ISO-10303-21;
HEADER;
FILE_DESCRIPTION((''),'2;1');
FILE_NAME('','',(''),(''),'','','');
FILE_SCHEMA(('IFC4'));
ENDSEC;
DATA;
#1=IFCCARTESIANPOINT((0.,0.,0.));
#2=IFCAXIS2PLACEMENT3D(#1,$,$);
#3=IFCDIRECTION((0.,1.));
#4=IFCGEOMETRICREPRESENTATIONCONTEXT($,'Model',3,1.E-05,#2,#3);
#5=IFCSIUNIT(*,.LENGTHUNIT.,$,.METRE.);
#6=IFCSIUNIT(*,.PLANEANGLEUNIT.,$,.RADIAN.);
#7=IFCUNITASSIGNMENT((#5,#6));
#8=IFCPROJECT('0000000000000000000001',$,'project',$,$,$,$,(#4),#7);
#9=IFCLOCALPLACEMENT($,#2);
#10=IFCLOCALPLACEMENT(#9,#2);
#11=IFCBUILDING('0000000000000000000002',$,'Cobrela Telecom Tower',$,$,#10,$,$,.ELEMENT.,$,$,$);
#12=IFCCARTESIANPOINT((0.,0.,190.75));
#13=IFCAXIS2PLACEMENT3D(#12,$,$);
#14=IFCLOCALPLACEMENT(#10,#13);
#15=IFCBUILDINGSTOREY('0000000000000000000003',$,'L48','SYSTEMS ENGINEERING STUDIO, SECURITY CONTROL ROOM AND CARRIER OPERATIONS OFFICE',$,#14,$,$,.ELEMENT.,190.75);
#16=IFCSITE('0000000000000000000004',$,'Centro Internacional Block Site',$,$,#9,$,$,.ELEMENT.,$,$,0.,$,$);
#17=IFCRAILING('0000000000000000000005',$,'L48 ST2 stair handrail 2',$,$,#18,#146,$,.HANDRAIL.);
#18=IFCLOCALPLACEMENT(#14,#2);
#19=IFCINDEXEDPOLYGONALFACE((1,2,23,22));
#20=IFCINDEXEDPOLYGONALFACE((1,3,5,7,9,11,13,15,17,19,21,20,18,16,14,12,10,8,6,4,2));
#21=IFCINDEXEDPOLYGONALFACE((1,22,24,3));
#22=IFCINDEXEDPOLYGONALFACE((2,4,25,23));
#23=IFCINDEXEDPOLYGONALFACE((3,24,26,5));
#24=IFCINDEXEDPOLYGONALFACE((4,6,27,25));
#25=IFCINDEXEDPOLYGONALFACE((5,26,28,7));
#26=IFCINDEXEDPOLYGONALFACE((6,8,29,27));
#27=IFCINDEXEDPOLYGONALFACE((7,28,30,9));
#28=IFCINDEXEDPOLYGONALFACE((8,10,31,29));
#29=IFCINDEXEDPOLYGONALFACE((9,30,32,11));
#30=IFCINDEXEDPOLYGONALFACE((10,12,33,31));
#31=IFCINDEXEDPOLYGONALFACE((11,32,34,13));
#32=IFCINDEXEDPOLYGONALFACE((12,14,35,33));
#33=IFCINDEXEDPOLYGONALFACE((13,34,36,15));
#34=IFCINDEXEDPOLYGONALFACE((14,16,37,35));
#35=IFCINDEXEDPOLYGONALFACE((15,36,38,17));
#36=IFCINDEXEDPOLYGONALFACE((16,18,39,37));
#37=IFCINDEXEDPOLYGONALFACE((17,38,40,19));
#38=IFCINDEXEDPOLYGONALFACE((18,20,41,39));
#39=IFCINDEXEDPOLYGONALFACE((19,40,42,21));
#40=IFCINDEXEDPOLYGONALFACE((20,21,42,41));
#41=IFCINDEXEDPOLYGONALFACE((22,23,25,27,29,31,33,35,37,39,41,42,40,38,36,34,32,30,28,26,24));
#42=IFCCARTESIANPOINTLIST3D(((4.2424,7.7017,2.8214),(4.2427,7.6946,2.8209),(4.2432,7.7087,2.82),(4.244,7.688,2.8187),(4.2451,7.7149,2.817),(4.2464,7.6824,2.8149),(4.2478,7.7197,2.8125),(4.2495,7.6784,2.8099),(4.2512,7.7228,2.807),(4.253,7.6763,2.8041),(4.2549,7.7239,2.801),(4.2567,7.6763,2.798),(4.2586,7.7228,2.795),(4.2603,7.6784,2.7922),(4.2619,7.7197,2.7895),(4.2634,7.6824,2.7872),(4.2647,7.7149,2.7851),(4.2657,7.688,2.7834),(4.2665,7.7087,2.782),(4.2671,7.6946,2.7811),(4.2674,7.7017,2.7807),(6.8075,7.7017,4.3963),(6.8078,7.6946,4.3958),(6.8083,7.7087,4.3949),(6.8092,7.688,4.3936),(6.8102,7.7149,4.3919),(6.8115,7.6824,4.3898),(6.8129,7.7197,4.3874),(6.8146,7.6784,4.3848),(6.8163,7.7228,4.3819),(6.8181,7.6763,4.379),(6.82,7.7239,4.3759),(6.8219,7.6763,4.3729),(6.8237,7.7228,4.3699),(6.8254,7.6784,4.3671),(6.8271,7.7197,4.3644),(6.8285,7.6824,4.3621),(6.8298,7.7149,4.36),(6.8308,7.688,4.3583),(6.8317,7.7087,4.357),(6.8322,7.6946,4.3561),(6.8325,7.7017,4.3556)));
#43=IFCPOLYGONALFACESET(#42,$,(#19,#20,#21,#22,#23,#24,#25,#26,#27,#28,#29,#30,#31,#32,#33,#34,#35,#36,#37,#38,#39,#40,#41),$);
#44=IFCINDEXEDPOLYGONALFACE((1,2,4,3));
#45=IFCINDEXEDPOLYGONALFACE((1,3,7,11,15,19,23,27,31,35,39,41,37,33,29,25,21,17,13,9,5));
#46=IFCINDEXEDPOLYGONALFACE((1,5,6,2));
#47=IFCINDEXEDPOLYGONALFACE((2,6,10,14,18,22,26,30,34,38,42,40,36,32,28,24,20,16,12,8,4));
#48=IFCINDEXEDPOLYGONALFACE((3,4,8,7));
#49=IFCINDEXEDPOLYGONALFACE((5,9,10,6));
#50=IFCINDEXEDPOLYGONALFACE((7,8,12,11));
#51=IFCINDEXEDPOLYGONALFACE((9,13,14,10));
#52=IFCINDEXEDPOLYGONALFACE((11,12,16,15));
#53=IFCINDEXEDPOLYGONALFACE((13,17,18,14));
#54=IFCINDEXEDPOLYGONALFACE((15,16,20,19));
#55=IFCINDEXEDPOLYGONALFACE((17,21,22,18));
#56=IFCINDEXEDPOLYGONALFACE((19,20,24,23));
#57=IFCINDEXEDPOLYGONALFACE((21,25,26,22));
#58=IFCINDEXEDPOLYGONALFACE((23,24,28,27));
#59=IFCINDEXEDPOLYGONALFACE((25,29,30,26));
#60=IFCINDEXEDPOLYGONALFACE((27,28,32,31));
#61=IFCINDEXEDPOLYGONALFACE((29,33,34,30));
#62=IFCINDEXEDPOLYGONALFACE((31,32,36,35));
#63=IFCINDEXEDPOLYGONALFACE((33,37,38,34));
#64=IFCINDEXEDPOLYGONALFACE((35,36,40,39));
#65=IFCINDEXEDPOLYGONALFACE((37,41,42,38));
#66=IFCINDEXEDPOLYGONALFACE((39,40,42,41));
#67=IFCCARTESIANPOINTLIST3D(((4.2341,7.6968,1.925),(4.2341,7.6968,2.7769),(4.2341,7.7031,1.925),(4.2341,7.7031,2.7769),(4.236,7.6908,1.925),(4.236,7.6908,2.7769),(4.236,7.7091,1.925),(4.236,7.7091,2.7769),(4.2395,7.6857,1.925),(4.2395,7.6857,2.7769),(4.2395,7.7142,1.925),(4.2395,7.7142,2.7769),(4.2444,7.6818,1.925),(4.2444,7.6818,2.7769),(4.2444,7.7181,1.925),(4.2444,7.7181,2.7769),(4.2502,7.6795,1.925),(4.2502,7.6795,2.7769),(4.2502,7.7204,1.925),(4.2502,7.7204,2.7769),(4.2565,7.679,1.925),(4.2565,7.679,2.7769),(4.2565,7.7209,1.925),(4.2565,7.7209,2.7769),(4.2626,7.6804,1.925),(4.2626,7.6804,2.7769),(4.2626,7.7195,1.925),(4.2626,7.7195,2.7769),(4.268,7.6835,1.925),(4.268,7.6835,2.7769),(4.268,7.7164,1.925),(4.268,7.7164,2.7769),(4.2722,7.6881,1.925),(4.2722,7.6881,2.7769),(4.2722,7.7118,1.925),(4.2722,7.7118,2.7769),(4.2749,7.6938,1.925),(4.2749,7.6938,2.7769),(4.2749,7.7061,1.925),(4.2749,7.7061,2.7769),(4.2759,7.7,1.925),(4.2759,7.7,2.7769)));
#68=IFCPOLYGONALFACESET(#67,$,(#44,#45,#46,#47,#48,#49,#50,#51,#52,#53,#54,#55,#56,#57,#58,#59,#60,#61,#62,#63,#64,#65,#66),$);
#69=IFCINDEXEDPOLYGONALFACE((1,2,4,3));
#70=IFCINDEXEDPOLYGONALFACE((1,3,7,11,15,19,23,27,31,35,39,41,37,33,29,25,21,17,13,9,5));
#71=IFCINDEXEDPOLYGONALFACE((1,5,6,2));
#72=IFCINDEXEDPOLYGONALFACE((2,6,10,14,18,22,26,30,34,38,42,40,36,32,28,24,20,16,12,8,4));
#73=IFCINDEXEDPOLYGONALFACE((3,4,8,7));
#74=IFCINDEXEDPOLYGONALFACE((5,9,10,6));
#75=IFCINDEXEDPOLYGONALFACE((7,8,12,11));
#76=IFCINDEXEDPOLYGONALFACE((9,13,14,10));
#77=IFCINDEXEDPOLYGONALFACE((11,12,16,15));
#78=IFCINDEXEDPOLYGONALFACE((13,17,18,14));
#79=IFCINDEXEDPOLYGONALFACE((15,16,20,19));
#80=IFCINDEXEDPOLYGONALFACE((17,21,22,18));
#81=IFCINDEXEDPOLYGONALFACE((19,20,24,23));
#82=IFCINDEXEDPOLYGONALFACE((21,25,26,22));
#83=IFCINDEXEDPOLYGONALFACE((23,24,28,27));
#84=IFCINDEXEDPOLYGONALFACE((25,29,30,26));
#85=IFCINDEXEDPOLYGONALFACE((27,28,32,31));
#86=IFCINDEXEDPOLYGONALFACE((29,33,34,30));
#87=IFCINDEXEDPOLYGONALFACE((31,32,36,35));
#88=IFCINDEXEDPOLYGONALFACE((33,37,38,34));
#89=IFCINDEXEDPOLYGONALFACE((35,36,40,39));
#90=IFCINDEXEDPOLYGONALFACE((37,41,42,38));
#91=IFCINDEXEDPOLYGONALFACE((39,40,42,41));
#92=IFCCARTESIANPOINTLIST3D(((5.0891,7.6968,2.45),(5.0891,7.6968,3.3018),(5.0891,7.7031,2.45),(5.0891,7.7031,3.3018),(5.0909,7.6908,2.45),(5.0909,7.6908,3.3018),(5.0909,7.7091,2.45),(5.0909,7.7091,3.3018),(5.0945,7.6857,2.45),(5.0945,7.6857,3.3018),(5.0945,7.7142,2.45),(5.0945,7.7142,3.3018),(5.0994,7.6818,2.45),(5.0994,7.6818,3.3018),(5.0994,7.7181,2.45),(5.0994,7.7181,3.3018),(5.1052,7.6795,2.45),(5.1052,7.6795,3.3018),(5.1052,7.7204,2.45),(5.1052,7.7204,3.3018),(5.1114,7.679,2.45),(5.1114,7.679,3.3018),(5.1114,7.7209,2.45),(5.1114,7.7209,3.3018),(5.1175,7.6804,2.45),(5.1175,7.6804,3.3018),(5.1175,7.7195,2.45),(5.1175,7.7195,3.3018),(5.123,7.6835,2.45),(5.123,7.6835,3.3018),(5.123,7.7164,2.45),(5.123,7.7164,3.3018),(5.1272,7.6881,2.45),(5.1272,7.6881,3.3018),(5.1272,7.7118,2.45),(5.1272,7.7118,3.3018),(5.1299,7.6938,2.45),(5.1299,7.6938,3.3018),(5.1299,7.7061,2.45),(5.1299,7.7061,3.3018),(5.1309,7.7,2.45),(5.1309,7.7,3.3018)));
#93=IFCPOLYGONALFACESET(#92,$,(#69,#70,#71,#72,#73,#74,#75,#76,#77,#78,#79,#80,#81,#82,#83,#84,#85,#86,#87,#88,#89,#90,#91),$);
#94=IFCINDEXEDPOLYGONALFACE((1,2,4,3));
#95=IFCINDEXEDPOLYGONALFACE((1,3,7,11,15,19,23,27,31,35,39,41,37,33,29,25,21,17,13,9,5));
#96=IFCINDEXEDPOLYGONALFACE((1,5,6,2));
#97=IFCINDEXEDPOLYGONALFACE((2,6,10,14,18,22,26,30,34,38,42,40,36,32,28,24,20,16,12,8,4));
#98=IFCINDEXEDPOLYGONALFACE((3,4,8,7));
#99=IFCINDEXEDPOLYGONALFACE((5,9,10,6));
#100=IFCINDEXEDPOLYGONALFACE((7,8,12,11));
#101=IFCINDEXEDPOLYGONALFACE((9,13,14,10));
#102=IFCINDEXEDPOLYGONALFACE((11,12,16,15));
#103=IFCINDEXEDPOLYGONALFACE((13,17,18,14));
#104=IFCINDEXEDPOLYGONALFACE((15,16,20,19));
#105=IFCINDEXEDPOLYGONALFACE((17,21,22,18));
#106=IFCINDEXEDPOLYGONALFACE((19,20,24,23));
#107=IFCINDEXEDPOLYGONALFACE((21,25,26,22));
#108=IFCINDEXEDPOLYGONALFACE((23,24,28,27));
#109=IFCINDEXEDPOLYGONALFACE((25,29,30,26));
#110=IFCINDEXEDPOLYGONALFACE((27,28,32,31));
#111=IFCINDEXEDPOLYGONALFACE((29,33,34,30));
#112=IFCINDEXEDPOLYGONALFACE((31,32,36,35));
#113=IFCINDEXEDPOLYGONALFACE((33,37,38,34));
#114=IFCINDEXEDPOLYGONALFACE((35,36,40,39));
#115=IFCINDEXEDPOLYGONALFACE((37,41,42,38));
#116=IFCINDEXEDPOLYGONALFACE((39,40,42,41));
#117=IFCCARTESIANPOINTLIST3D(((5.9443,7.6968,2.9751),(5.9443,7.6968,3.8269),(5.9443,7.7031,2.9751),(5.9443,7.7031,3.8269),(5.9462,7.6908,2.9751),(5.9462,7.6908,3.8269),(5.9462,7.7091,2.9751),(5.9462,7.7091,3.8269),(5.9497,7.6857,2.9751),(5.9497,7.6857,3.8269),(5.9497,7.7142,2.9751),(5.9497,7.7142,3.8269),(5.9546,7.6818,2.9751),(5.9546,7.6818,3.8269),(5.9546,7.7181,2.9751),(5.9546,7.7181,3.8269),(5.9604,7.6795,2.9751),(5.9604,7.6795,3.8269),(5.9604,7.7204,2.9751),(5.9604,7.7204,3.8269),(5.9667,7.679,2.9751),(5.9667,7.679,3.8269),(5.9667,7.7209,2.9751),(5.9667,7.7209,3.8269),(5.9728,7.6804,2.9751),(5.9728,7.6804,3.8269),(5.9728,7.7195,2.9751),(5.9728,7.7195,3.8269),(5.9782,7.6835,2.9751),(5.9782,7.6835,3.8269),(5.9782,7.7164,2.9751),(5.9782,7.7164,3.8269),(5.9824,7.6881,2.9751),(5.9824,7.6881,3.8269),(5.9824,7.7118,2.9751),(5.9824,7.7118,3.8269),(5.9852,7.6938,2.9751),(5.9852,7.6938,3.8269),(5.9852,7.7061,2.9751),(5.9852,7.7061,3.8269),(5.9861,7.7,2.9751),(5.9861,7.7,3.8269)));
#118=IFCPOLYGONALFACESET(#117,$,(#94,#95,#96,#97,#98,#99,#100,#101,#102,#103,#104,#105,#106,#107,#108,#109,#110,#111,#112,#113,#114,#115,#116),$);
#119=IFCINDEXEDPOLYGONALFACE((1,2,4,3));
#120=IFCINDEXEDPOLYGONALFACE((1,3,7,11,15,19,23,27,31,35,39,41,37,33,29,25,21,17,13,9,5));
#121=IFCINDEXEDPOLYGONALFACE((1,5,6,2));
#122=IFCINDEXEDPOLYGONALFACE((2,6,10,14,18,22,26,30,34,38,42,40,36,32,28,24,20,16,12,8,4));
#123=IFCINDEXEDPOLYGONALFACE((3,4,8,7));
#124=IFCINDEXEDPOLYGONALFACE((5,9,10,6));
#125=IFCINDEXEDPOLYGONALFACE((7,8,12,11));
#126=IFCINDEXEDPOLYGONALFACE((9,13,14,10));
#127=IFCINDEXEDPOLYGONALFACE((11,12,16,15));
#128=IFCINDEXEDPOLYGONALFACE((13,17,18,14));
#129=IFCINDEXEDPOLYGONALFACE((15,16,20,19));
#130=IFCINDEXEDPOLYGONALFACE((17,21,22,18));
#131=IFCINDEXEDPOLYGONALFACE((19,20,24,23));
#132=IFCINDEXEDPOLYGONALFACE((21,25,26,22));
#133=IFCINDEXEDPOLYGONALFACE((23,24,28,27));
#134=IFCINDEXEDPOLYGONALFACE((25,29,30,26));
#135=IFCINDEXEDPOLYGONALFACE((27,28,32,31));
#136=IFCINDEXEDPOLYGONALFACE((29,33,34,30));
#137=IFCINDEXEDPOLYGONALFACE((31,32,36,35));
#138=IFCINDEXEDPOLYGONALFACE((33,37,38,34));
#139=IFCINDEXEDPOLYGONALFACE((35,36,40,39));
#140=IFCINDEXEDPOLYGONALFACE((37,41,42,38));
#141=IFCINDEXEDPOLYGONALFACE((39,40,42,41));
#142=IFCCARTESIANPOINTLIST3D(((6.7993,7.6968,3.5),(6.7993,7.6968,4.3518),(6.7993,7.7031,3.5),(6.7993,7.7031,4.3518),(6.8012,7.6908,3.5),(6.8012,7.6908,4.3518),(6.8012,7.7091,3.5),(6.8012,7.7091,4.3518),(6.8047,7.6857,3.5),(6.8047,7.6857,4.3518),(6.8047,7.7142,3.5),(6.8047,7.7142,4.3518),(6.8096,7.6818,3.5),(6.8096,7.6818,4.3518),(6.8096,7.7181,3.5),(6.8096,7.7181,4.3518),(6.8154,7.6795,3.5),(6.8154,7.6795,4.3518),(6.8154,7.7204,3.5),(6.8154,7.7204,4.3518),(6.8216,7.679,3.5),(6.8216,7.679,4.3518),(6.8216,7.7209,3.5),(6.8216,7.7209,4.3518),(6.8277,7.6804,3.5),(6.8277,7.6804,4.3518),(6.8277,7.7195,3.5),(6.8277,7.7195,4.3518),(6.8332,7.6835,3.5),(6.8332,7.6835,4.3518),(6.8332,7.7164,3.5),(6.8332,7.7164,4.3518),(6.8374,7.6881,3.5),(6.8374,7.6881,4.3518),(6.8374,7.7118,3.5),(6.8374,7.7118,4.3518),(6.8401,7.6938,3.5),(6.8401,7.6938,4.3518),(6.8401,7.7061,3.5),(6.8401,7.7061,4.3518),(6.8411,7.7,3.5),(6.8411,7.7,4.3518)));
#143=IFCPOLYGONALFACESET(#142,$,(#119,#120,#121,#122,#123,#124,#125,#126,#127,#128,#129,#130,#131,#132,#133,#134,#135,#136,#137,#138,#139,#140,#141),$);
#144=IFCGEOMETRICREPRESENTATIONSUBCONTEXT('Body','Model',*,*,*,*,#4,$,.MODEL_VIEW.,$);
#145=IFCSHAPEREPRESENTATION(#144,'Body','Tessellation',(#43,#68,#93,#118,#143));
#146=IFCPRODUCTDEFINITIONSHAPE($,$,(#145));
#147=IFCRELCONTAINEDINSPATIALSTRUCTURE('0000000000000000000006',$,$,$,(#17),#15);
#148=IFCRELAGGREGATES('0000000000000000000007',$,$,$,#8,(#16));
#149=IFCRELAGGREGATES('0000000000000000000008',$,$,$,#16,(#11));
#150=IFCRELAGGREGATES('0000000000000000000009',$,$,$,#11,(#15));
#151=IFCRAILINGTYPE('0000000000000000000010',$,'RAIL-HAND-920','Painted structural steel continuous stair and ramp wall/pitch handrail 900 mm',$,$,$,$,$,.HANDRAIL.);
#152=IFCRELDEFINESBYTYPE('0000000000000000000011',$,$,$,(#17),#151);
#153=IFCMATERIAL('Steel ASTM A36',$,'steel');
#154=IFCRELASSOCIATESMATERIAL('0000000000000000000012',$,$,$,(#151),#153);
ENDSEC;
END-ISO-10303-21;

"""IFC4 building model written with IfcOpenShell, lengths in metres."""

from ifc_helpers import new_model, si_unit, direction, frame, origin, origin_2d, place, context, subcontext, project, spatial, circle, extrude, material, type_object, element, save


model = new_model("IFC4")

# Units and contexts
model_context = context("Model", 3, precision=1e-05, world=origin(), true_north=direction((0.0, 1.0)))
body_context = subcontext(model_context, "Body", "Model", "MODEL_VIEW")
ifc_project = project(units=[si_unit("LENGTHUNIT", "METRE"), si_unit("PLANEANGLEUNIT", "RADIAN")], contexts=[model_context])

# Site, building, storey
site_placement = place(None, origin())
site = spatial("IfcSite", under=ifc_project, at=site_placement, Name="Centro Internacional Block Site", CompositionType="ELEMENT", RefElevation=0.0)
building_placement = place(site_placement, origin())
building = spatial("IfcBuilding", under=site, at=building_placement, Name="Cobrela Telecom Tower", CompositionType="ELEMENT")
storey_placement = place(building_placement, frame((0.0, 0.0, 190.75)))
storey = spatial("IfcBuildingStorey", under=building, at=storey_placement, Name="L48", Description="SYSTEMS ENGINEERING STUDIO, SECURITY CONTROL ROOM AND CARRIER OPERATIONS OFFICE", CompositionType="ELEMENT", Elevation=190.75)

# Railing
ifc_material_1 = material(Name="Steel ASTM A36", Category="steel")
railing_type = type_object("IfcRailingType", Name="RAIL-HAND-920", Description="Painted structural steel continuous stair and ramp wall/pitch handrail 900 mm", PredefinedType="HANDRAIL", material=ifc_material_1)
railing_placement = place(storey_placement, frame((4.2549, 7.7, 1.925)))
element("IfcRailing", 1, at=railing_placement, inside=storey, type_object=railing_type, Name="L48 ST2 stair handrail 2", PredefinedType="HANDRAIL", context=body_context, shape_type="SweptSolid", body=[
    extrude(circle(Radius=0.0239, at=origin_2d()), frame((0.0, 0.0, 0.876), z_axis=(0.852195, 0.0, 0.523224), x_axis=(0.0, 1.0, 0.0)), (0.0, 0.0, 1.0), 3.01),
    extrude(circle(Radius=0.021, at=origin_2d()), origin(), (0.0, 0.0, 1.0), 0.8518),
    extrude(circle(Radius=0.021, at=origin_2d()), frame((0.855, 0.0, 0.5249)), (0.0, 0.0, 1.0), 0.8518),
    extrude(circle(Radius=0.021, at=origin_2d()), frame((1.7102, 0.0, 1.05)), (0.0, 0.0, 1.0), 0.8518),
    extrude(circle(Radius=0.021, at=origin_2d()), frame((2.5652, 0.0, 1.575)), (0.0, 0.0, 1.0), 0.8518),
])

save(model, "model.ifc")
